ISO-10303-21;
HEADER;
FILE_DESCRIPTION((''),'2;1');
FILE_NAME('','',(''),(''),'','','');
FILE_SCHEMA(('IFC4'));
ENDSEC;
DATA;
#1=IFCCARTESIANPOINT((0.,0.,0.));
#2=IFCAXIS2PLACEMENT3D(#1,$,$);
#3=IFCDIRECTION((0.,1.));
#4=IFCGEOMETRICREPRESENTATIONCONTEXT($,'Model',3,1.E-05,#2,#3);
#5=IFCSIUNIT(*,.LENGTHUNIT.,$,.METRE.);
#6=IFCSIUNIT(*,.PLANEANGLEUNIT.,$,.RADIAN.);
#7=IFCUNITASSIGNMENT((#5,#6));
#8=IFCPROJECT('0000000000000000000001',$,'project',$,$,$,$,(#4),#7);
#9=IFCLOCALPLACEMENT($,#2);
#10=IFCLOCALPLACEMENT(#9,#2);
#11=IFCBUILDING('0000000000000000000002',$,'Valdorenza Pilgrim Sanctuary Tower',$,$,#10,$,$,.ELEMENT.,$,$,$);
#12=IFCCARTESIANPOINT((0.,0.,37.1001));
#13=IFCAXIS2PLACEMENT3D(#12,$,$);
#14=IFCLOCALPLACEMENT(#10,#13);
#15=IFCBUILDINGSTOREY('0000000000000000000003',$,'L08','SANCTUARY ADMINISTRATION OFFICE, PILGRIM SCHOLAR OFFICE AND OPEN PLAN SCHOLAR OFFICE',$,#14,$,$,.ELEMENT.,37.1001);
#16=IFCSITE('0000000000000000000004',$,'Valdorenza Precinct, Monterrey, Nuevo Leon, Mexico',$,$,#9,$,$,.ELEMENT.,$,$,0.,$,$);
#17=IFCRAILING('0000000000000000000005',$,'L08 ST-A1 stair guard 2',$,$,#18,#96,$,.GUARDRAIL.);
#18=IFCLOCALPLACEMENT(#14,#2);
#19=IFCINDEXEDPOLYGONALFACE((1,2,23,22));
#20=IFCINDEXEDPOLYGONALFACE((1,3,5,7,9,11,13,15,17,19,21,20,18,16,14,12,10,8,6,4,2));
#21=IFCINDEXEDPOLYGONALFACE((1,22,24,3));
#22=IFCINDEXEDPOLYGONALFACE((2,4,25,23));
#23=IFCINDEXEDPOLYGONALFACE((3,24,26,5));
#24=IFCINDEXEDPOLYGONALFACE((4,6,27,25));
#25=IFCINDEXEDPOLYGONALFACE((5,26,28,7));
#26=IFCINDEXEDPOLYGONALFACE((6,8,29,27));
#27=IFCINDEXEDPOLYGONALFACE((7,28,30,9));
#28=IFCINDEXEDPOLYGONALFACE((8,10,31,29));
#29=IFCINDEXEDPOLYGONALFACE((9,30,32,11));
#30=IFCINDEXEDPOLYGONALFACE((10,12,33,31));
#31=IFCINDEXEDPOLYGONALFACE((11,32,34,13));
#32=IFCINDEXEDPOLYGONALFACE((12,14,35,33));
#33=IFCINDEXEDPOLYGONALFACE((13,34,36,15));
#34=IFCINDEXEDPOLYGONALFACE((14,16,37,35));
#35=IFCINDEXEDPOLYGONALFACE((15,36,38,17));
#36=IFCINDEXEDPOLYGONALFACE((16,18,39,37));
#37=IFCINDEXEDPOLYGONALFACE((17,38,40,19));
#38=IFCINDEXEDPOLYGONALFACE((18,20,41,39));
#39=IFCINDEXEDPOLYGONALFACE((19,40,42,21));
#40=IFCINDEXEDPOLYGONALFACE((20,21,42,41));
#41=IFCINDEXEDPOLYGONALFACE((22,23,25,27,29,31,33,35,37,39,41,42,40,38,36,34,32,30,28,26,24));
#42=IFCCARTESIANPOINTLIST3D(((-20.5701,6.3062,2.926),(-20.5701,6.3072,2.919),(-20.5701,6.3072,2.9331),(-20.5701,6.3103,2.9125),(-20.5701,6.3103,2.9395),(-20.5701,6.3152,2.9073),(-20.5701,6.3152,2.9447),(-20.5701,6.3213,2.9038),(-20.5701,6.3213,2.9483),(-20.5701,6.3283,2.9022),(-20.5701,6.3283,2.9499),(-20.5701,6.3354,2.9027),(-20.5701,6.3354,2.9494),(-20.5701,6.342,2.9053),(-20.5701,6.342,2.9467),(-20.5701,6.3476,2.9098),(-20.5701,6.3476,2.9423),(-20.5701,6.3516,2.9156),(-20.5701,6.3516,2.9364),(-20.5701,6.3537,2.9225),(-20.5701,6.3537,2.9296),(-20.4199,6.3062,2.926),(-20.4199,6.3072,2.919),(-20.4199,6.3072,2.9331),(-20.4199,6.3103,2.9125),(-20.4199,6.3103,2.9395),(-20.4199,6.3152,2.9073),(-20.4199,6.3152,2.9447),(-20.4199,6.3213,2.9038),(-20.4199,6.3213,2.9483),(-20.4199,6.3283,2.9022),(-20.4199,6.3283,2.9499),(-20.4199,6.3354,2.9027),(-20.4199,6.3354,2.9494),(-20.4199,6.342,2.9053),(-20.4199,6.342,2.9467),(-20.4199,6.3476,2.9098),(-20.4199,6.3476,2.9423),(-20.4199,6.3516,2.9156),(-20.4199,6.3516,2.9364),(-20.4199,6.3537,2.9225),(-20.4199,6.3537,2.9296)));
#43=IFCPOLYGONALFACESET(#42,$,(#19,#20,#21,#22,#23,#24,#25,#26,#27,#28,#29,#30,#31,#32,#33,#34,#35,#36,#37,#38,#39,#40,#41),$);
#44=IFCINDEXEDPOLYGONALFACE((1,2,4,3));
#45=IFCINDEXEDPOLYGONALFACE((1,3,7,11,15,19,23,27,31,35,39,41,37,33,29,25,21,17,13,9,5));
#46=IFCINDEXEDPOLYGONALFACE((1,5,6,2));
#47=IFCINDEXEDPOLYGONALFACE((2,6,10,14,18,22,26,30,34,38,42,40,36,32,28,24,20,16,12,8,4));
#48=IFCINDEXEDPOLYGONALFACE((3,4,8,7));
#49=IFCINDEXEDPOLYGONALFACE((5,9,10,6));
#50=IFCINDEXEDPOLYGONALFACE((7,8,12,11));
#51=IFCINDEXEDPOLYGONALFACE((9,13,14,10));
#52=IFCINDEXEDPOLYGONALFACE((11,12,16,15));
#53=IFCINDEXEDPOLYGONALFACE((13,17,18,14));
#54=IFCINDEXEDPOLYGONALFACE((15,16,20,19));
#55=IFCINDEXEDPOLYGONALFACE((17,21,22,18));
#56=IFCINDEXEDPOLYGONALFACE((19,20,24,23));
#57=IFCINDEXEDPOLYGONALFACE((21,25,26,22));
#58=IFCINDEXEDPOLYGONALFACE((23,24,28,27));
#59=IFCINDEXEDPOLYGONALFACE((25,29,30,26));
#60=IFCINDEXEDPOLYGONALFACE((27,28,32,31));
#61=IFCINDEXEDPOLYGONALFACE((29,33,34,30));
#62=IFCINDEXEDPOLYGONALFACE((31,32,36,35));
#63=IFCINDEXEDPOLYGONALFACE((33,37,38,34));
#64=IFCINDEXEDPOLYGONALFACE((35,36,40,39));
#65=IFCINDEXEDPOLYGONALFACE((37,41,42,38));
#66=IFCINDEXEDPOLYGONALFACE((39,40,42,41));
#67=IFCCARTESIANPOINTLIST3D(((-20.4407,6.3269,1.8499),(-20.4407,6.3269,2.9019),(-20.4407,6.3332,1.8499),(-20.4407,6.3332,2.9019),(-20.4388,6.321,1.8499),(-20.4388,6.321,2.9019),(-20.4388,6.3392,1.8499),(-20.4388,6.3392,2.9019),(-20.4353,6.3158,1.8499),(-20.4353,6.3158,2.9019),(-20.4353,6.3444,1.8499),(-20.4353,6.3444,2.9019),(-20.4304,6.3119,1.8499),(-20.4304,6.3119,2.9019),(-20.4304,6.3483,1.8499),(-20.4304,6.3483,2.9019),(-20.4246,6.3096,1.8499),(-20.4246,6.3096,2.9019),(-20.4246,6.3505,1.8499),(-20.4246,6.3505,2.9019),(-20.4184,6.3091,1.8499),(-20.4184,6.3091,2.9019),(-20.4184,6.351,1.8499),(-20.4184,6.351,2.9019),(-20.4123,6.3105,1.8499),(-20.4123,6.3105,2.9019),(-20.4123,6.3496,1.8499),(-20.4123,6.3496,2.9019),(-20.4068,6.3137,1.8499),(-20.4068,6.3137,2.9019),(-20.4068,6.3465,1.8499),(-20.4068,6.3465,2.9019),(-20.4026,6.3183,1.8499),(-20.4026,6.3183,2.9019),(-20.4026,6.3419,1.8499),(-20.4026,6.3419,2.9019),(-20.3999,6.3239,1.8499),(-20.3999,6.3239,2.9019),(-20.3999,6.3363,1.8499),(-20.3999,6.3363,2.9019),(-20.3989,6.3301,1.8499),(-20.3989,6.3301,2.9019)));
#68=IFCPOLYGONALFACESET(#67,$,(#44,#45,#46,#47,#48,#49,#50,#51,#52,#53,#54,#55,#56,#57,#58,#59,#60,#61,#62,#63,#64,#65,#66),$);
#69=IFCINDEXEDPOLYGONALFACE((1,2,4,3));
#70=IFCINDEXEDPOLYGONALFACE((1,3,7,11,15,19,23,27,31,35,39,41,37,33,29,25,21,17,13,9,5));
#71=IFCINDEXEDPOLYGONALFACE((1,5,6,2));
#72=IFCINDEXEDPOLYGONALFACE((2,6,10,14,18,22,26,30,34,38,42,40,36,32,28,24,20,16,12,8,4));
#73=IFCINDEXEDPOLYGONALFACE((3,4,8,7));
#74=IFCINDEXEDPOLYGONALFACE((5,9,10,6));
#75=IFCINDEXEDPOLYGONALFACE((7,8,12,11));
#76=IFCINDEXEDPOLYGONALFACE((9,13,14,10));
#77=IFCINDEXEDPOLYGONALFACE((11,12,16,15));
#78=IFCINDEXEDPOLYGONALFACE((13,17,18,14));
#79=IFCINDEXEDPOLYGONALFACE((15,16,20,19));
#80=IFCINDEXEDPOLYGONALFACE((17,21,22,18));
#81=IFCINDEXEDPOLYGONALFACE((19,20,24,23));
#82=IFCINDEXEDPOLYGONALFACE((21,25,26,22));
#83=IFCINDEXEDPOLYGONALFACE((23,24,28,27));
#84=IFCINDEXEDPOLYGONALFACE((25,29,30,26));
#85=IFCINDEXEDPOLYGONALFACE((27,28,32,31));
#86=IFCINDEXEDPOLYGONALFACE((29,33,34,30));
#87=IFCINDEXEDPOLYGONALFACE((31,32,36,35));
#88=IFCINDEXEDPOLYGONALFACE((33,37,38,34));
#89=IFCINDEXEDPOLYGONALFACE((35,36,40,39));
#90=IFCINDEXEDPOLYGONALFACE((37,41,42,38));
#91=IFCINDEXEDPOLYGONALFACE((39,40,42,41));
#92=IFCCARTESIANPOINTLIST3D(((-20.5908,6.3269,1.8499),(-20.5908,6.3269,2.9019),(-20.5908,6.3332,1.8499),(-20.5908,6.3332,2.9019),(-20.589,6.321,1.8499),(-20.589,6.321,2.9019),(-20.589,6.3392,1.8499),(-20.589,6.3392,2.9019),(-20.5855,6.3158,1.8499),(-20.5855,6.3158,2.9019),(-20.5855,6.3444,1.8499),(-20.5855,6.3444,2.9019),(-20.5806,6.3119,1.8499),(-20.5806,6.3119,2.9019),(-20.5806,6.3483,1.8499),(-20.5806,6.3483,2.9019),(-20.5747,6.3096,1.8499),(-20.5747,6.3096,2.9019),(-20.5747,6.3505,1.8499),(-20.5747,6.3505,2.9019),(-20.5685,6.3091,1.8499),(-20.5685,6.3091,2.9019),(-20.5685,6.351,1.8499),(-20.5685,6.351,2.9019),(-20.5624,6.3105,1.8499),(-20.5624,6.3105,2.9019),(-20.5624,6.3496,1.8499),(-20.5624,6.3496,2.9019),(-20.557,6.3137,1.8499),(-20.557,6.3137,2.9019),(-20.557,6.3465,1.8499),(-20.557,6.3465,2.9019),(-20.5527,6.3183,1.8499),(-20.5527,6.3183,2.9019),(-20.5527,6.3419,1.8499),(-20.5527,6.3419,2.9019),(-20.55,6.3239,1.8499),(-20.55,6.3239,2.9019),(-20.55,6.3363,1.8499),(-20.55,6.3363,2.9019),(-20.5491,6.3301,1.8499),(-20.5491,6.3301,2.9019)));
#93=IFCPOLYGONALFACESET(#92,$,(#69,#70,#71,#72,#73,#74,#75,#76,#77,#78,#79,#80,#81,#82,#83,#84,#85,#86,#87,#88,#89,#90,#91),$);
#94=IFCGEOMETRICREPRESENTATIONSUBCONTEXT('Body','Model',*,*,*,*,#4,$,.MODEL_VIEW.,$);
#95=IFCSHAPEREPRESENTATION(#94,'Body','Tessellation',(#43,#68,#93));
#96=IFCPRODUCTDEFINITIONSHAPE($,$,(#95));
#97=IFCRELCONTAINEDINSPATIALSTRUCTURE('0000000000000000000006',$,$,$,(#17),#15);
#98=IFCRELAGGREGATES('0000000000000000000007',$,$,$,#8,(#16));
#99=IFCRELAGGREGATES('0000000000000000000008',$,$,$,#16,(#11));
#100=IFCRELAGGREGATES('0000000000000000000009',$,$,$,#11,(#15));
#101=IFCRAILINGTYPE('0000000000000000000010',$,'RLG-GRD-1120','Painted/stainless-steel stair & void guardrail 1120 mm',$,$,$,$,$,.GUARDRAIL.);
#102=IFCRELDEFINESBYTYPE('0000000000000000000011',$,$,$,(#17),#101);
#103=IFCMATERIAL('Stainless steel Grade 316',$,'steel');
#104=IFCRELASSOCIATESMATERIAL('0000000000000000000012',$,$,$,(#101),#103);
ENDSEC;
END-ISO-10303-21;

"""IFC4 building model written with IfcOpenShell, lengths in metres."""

from ifc_helpers import new_model, si_unit, direction, frame, origin, origin_2d, place, context, subcontext, project, spatial, circle, extrude, material, type_object, element, save


model = new_model("IFC4")

# Units and contexts
model_context = context("Model", 3, precision=1e-05, world=origin(), true_north=direction((0.0, 1.0)))
body_context = subcontext(model_context, "Body", "Model", "MODEL_VIEW")
ifc_project = project(units=[si_unit("LENGTHUNIT", "METRE"), si_unit("PLANEANGLEUNIT", "RADIAN")], contexts=[model_context])

# Site, building, storey
site_placement = place(None, origin())
site = spatial("IfcSite", under=ifc_project, at=site_placement, Name="Valdorenza Precinct, Monterrey, Nuevo Leon, Mexico", CompositionType="ELEMENT", RefElevation=0.0)
building_placement = place(site_placement, origin())
building = spatial("IfcBuilding", under=site, at=building_placement, Name="Valdorenza Pilgrim Sanctuary Tower", CompositionType="ELEMENT")
storey_placement = place(building_placement, frame((0.0, 0.0, 37.1001)))
storey = spatial("IfcBuildingStorey", under=building, at=storey_placement, Name="L08", Description="SANCTUARY ADMINISTRATION OFFICE, PILGRIM SCHOLAR OFFICE AND OPEN PLAN SCHOLAR OFFICE", CompositionType="ELEMENT", Elevation=37.1001)

# Railing
ifc_material_1 = material(Name="Stainless steel Grade 316", Category="steel")
railing_type_1 = type_object("IfcRailingType", Name="RLG-GRD-1120", Description="Painted/stainless-steel stair & void guardrail 1120 mm", PredefinedType="GUARDRAIL", material=ifc_material_1)
railing_1_placement = place(storey_placement, frame((-20.4199, 6.3301, 1.8499)))
element("IfcRailing", 1, at=railing_1_placement, inside=storey, type_object=railing_type_1, Name="L08 ST-A1 stair guard 2", PredefinedType="GUARDRAIL", context=body_context, shape_type="SweptSolid", body=[
    extrude(circle(Radius=0.0239, at=origin_2d()), frame((0.0, 0.0, 1.0762), z_axis=(-1.0, 0.0, 0.0), x_axis=(0.0, -1.0, 0.0)), (0.0, 0.0, 1.0), 0.1501),
    extrude(circle(Radius=0.021, at=origin_2d()), origin(), (0.0, 0.0, 1.0), 1.052),
    extrude(circle(Radius=0.021, at=origin_2d()), frame((-0.1501, 0.0, 0.0)), (0.0, 0.0, 1.0), 1.052),
])

save(model, "model.ifc")
